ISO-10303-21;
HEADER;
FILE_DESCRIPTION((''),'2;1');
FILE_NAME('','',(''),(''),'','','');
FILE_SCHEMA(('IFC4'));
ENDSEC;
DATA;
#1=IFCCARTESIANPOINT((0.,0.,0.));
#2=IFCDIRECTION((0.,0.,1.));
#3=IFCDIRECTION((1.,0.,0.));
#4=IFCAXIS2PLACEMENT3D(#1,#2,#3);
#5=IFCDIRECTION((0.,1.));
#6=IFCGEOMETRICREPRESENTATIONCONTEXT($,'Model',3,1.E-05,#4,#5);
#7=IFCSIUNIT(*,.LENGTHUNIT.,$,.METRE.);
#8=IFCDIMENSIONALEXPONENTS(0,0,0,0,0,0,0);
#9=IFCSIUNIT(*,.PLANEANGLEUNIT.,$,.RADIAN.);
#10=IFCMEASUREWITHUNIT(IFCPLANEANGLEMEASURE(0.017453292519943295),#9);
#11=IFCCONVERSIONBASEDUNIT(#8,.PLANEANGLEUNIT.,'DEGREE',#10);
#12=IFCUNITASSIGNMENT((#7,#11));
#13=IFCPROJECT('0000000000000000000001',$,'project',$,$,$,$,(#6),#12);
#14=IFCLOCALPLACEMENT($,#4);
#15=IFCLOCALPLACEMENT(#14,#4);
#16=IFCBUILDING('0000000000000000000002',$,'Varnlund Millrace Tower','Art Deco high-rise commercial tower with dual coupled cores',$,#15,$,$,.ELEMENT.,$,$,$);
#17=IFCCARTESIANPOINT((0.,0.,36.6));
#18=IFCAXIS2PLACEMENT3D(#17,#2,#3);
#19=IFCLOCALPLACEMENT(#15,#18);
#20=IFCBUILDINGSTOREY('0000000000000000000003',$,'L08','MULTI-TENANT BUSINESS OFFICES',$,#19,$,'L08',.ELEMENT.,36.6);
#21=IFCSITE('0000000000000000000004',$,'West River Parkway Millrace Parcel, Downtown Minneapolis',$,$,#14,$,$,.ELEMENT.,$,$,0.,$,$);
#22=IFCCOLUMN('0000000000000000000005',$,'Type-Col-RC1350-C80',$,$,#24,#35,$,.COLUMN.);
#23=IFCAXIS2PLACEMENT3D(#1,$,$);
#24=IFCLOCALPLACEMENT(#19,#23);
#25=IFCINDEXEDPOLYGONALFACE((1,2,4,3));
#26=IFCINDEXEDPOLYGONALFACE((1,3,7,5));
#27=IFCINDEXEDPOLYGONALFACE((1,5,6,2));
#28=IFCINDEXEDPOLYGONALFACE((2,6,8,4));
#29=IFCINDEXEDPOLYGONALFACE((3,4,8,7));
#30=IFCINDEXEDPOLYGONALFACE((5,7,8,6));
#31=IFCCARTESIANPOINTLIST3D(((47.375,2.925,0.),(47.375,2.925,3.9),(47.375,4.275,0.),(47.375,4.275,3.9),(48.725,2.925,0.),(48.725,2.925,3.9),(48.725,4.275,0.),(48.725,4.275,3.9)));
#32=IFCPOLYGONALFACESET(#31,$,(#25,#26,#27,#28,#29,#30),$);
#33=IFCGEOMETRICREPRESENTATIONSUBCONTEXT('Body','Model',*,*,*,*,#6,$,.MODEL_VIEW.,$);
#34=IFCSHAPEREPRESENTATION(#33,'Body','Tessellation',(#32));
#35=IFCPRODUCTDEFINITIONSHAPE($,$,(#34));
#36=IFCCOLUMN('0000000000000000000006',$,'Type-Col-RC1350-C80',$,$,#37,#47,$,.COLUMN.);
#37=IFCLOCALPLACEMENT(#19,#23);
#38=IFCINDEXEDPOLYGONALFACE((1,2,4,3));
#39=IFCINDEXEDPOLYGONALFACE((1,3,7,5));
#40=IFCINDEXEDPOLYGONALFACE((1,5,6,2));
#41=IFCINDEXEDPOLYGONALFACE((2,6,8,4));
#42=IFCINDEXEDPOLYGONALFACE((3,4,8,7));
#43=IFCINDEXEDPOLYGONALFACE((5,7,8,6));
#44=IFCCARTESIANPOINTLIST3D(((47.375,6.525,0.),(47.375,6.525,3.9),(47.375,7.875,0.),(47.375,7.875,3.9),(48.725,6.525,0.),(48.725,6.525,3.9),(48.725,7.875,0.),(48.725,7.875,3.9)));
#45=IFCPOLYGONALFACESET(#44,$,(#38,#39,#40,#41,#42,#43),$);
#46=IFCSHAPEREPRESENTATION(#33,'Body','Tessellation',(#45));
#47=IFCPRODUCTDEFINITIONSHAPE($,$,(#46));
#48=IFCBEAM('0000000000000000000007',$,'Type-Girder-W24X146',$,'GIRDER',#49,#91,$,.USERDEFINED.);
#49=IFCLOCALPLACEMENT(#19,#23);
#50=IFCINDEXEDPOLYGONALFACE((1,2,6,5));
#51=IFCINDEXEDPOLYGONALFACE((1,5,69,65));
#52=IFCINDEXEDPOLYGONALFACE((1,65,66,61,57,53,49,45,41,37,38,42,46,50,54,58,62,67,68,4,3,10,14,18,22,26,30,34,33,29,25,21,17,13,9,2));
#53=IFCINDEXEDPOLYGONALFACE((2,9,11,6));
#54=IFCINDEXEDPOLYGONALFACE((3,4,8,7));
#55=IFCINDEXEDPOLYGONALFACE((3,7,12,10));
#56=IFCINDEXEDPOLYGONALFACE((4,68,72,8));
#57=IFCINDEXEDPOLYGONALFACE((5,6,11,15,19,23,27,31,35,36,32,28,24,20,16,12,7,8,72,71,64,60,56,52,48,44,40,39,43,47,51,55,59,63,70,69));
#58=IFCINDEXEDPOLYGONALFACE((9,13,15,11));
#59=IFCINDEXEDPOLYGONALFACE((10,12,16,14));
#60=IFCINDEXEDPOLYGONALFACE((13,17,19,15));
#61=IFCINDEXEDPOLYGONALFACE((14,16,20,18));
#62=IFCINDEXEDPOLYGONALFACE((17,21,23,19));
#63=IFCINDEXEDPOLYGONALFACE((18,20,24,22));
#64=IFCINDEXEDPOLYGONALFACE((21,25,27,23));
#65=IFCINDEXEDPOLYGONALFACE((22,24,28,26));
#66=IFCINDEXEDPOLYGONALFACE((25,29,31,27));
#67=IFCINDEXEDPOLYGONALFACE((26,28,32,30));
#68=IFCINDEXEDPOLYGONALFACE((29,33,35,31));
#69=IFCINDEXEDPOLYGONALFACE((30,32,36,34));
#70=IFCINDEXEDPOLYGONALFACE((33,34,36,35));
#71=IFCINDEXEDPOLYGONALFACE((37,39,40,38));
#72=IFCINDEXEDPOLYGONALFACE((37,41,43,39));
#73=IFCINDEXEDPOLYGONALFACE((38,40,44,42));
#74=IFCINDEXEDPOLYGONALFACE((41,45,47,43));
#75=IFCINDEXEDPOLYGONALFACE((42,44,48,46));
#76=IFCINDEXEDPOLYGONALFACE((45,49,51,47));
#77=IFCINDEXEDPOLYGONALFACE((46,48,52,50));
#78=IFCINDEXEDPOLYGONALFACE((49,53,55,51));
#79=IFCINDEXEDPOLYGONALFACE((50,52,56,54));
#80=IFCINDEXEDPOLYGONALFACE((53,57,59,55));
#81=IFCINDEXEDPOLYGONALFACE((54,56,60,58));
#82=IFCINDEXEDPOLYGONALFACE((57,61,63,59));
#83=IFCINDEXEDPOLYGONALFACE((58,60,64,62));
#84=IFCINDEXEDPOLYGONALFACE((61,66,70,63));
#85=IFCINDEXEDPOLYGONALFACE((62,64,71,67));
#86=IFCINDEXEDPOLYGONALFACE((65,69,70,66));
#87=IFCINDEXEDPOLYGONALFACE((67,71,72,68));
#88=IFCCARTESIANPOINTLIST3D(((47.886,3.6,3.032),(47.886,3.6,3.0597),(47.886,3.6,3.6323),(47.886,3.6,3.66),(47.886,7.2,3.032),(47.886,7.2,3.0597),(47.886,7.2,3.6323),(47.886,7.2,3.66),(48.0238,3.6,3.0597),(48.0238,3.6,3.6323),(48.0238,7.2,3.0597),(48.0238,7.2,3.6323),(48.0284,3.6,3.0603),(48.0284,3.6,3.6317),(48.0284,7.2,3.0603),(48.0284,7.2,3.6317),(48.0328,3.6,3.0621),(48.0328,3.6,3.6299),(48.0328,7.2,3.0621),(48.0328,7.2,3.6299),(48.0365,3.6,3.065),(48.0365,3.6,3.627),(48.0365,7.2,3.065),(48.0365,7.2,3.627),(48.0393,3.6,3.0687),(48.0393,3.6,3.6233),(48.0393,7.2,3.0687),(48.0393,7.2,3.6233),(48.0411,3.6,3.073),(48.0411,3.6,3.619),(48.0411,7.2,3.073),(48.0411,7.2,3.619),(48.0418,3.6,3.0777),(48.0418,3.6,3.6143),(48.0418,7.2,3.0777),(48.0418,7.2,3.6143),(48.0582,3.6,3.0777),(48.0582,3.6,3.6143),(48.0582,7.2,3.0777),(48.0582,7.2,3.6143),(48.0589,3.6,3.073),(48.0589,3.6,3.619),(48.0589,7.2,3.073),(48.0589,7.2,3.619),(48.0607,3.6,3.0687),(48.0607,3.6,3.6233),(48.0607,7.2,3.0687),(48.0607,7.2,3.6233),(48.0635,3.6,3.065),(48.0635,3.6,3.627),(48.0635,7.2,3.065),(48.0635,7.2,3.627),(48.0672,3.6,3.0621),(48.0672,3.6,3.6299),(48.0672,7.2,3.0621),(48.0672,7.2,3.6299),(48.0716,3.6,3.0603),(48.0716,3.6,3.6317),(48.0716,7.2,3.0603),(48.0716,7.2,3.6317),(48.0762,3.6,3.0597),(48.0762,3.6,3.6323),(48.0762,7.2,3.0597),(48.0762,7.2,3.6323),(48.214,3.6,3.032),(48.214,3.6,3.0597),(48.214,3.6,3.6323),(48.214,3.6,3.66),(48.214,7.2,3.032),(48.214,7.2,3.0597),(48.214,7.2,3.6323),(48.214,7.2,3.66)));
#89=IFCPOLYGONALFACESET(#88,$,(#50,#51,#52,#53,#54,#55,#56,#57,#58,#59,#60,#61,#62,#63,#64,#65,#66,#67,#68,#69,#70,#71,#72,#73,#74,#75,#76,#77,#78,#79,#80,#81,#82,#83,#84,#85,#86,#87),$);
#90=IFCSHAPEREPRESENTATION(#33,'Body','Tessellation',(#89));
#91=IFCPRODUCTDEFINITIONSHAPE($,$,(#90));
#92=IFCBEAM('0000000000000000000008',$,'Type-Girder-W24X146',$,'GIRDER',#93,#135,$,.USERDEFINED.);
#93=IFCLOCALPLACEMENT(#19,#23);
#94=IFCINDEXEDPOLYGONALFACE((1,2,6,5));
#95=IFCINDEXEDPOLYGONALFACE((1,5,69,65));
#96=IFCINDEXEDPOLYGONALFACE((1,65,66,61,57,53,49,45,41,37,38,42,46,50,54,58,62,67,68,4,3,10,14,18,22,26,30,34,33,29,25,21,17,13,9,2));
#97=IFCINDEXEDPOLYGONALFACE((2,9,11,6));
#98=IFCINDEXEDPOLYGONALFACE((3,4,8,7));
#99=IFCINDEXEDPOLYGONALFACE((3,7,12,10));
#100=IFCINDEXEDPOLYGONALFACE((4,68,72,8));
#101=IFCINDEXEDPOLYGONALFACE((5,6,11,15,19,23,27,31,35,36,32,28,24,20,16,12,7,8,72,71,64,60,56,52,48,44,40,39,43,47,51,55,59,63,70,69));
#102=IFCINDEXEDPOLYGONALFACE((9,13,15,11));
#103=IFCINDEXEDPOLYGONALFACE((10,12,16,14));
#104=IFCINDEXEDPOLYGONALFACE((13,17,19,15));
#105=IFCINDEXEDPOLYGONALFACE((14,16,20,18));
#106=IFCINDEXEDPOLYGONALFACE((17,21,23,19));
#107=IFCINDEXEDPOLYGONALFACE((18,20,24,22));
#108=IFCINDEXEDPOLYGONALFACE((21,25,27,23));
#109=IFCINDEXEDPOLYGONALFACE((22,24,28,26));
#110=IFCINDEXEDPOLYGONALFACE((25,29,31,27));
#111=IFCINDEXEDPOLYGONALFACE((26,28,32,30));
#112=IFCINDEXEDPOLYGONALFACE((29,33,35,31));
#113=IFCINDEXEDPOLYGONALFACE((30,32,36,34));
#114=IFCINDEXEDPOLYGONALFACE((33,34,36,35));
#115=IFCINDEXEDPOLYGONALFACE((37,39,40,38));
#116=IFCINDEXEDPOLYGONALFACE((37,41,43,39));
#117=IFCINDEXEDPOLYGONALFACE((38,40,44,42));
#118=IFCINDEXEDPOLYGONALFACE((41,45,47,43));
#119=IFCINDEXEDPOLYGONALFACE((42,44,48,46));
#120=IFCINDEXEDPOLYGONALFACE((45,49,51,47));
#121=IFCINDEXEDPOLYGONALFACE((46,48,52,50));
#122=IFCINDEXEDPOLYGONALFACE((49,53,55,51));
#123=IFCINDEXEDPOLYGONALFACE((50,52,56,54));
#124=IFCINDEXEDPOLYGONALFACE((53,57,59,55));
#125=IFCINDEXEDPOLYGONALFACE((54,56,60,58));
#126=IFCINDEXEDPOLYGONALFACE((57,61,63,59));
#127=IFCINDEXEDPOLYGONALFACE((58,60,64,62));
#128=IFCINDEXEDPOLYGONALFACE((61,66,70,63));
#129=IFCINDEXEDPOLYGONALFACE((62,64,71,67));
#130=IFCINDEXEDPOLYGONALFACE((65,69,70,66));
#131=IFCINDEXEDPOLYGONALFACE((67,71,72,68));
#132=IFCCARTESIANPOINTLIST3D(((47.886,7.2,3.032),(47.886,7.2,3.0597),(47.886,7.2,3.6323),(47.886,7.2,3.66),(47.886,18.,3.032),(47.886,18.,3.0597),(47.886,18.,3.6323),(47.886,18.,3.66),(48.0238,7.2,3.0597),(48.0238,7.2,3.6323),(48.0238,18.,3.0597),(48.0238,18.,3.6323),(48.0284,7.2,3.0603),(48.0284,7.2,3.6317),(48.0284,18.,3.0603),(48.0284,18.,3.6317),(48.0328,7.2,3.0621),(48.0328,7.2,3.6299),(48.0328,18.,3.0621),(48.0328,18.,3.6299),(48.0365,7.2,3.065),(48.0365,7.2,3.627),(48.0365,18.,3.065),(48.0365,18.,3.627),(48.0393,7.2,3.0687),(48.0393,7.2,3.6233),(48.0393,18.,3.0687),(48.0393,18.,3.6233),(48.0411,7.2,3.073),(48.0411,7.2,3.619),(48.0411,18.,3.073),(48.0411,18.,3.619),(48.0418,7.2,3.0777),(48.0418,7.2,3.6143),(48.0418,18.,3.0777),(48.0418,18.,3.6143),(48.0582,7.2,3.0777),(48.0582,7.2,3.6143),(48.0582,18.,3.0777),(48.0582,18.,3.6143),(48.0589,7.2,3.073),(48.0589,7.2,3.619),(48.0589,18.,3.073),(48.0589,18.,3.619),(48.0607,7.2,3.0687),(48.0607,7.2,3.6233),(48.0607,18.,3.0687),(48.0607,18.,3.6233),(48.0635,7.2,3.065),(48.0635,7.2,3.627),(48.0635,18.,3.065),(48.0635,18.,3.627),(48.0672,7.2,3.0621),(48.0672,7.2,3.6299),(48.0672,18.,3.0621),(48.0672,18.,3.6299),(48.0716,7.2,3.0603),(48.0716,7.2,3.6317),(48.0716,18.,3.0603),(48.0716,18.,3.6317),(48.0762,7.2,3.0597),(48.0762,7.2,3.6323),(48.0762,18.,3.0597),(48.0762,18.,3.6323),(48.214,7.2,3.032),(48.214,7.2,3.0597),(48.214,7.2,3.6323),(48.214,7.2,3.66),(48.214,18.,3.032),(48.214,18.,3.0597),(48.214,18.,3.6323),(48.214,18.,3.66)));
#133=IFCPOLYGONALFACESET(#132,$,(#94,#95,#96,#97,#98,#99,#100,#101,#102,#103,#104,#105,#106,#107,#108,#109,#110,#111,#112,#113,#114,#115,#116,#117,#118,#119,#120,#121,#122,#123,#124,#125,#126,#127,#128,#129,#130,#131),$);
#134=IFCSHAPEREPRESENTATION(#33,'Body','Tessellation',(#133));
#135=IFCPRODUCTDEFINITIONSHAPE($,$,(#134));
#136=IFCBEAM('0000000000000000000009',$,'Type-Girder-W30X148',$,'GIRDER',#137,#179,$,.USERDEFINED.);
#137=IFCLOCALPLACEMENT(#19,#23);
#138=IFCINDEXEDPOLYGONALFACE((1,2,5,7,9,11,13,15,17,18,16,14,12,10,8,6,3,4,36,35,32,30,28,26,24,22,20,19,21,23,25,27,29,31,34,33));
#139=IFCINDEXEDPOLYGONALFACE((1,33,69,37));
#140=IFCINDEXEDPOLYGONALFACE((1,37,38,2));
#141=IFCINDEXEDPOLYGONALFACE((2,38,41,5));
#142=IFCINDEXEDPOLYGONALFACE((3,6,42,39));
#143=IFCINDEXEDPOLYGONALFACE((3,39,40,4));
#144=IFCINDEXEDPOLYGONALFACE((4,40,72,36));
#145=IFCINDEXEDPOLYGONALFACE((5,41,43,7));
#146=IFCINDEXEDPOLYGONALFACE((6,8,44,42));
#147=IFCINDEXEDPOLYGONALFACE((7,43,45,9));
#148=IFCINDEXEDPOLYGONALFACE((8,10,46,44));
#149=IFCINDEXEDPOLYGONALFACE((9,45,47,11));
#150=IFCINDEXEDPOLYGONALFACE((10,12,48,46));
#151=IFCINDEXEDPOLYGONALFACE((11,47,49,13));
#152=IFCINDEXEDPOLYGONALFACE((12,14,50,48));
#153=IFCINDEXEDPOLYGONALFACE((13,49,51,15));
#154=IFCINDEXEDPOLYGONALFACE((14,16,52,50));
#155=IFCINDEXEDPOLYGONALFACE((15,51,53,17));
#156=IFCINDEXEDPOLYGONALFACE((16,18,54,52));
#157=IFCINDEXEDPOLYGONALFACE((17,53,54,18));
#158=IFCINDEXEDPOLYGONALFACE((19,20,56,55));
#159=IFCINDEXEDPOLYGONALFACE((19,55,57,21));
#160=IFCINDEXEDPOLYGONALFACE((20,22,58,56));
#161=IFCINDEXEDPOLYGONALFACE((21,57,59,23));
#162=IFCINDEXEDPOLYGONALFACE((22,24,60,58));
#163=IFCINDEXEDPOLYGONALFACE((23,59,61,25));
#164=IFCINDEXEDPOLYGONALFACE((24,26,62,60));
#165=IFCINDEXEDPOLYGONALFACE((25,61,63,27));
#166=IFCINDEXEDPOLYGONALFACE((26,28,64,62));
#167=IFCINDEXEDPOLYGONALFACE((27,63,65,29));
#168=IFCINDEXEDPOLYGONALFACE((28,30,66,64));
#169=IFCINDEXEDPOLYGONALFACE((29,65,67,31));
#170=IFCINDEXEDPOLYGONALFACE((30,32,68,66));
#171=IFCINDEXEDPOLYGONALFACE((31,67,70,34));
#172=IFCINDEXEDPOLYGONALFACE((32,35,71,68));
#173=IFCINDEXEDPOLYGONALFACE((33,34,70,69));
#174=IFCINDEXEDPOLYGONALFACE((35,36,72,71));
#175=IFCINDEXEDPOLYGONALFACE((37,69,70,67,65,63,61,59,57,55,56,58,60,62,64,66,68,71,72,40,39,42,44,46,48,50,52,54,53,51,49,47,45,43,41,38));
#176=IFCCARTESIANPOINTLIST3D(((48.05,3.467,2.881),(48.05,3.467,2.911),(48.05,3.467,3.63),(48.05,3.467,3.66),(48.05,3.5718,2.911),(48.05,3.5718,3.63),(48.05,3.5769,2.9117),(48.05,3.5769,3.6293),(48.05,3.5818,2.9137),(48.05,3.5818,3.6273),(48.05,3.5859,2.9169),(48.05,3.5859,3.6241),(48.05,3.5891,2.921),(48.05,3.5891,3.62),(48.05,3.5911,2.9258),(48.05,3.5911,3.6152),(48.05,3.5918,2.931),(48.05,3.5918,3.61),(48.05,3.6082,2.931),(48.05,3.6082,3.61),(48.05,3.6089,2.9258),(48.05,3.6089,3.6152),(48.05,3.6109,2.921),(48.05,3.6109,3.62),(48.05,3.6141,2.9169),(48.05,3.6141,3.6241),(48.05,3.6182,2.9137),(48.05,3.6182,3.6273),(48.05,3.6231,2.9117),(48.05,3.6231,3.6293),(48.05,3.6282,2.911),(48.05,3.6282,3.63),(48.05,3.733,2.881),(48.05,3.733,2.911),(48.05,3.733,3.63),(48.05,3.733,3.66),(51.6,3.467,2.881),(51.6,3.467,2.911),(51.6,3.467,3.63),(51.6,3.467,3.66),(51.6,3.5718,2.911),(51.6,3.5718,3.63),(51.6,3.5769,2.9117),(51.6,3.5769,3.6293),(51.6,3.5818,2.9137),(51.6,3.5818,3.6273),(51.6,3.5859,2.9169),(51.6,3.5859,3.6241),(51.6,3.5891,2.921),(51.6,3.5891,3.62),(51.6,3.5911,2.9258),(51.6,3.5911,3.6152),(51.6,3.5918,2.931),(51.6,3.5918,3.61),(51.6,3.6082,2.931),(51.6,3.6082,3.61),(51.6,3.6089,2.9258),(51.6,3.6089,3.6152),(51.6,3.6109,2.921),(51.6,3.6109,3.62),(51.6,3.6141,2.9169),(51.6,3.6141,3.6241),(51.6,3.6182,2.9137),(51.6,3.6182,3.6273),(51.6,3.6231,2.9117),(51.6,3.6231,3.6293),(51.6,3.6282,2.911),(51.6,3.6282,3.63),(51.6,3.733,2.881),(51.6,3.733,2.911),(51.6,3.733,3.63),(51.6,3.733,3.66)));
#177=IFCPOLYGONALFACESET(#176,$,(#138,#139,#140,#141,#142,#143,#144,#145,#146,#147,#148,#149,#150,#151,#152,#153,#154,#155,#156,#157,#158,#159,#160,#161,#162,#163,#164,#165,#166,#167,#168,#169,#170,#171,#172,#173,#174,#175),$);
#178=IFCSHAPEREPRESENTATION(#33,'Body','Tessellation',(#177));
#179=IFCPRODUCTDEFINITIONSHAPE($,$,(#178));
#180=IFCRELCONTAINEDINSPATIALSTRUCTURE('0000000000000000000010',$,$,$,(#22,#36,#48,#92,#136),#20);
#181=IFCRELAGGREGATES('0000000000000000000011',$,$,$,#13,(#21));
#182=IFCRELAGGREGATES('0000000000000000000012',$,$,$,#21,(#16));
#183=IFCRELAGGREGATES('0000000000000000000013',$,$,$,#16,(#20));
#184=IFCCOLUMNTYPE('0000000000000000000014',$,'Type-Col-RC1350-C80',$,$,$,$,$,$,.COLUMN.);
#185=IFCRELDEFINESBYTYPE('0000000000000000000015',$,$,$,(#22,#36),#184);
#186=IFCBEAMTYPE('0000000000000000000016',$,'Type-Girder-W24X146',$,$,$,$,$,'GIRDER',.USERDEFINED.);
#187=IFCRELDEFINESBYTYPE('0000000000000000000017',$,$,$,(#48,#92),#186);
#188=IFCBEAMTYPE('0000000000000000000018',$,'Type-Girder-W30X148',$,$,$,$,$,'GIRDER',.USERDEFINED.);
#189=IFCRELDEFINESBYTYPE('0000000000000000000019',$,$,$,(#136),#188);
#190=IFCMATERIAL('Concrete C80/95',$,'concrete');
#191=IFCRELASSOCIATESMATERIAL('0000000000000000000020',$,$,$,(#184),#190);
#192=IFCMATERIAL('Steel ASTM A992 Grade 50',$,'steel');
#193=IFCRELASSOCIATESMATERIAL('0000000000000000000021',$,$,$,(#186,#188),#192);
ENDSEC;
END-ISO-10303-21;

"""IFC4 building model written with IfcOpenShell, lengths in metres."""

from ifc_helpers import new_model, entity, si_unit, converted_unit, direction, frame, origin_with_axes, origin_2d_with_axis, place, context, subcontext, project, spatial, rectangle, i_section, extrude, material, material_profile, profile_set, type_object, element, save


model = new_model("IFC4")

# Units and contexts
model_context = context("Model", 3, precision=1e-05, world=origin_with_axes(), true_north=direction((0.0, 1.0)))
body_context = subcontext(model_context, "Body", "Model", "MODEL_VIEW")
ifc_project = project(units=[si_unit("LENGTHUNIT", "METRE"), converted_unit("PLANEANGLEUNIT", "DEGREE", entity("IfcPlaneAngleMeasure", 0.017453292519943295), si_unit("PLANEANGLEUNIT", "RADIAN"), dimensions=[0, 0, 0, 0, 0, 0, 0])], contexts=[model_context])

# Site, building, storey
site_placement = place(None, origin_with_axes())
site = spatial("IfcSite", under=ifc_project, at=site_placement, Name="West River Parkway Millrace Parcel, Downtown Minneapolis", CompositionType="ELEMENT", RefElevation=0.0)
building_placement = place(site_placement, origin_with_axes())
building = spatial("IfcBuilding", under=site, at=building_placement, Name="Varnlund Millrace Tower", Description="Art Deco high-rise commercial tower with dual coupled cores", CompositionType="ELEMENT")
storey_placement = place(building_placement, frame((0.0, 0.0, 36.6), z_axis=(0.0, 0.0, 1.0), x_axis=(1.0, 0.0, 0.0)))
storey = spatial("IfcBuildingStorey", under=building, at=storey_placement, Name="L08", Description="MULTI-TENANT BUSINESS OFFICES", LongName="L08", CompositionType="ELEMENT", Elevation=36.6)

# Columns
ifc_material_1 = material(Name="Concrete C80/95", Category="concrete")
ifc_material_profile_1 = material_profile(ifc_material_1, rectangle(XDim=1.35, YDim=1.35, at=origin_2d_with_axis()), Name="Concrete C80/95")
ifc_profile_set_1 = profile_set([ifc_material_profile_1], Name="Concrete C80/95")
column_type = type_object("IfcColumnType", Name="Type-Col-RC1350-C80", PredefinedType="COLUMN", material=ifc_profile_set_1)
for number, where, z_axis, x_axis, name in (
    (1, (48.05, 3.6, 0.0), (0.0, 0.0, 1.0), (1.0, 0.0, 0.0), "Type-Col-RC1350-C80"),
    (2, (48.05, 7.2, 0.0), (0.0, 0.0, 1.0), (1.0, 0.0, 0.0), "Type-Col-RC1350-C80"),
):
    element("IfcColumn", number, at=place(storey_placement, frame(where, z_axis=z_axis, x_axis=x_axis)), inside=storey, type_object=column_type, Name=name, PredefinedType="COLUMN", context=body_context, shape_type="SweptSolid", body=[
        extrude(rectangle(XDim=1.35, YDim=1.35, at=origin_2d_with_axis()), origin_with_axes(), (0.0, 0.0, 1.0), 3.9),
    ])

# Beams
ifc_material_2 = material(Name="Steel ASTM A992 Grade 50", Category="steel")
ifc_material_profile_2 = material_profile(ifc_material_2, i_section(OverallWidth=0.328, OverallDepth=0.628, WebThickness=0.0165, FlangeThickness=0.0277, FilletRadius=0.018, at=origin_2d_with_axis()), Name="Steel ASTM A992 Grade 50")
ifc_profile_set_2 = profile_set([ifc_material_profile_2], Name="Steel ASTM A992 Grade 50")
beam_type_1 = type_object("IfcBeamType", Name="Type-Girder-W24X146", ElementType="GIRDER", PredefinedType="USERDEFINED", material=ifc_profile_set_2)
beam_1_placement = place(storey_placement, frame((48.05, 3.6, 3.346), z_axis=(0.0, 1.0, 0.0), x_axis=(-1.0, 0.0, 0.0)))
element("IfcBeam", 3, at=beam_1_placement, inside=storey, type_object=beam_type_1, Name="Type-Girder-W24X146", ObjectType="GIRDER", PredefinedType="USERDEFINED", context=body_context, shape_type="SweptSolid", body=[
    extrude(i_section(OverallWidth=0.328, OverallDepth=0.628, WebThickness=0.0165, FlangeThickness=0.0277, FilletRadius=0.018, at=origin_2d_with_axis()), origin_with_axes(), (0.0, 0.0, 1.0), 3.6),
])
beam_2_placement = place(storey_placement, frame((48.05, 7.2, 3.346), z_axis=(0.0, 1.0, 0.0), x_axis=(-1.0, 0.0, 0.0)))
element("IfcBeam", 4, at=beam_2_placement, inside=storey, type_object=beam_type_1, Name="Type-Girder-W24X146", ObjectType="GIRDER", PredefinedType="USERDEFINED", context=body_context, shape_type="SweptSolid", body=[
    extrude(i_section(OverallWidth=0.328, OverallDepth=0.628, WebThickness=0.0165, FlangeThickness=0.0277, FilletRadius=0.018, at=origin_2d_with_axis()), origin_with_axes(), (0.0, 0.0, 1.0), 10.8),
])
ifc_material_profile_3 = material_profile(ifc_material_2, i_section(OverallWidth=0.266, OverallDepth=0.779, WebThickness=0.0165, FlangeThickness=0.03, FilletRadius=0.02, at=origin_2d_with_axis()), Name="Steel ASTM A992 Grade 50")
ifc_profile_set_3 = profile_set([ifc_material_profile_3], Name="Steel ASTM A992 Grade 50")
beam_type_2 = type_object("IfcBeamType", Name="Type-Girder-W30X148", ElementType="GIRDER", PredefinedType="USERDEFINED", material=ifc_profile_set_3)
for number, where, z_axis, x_axis, name in (
    (5, (48.05, 3.6, 3.2705), (1.0, 0.0, 0.0), (0.0, 1.0, 0.0), "Type-Girder-W30X148"),
):
    element("IfcBeam", number, at=place(storey_placement, frame(where, z_axis=z_axis, x_axis=x_axis)), inside=storey, type_object=beam_type_2, Name=name, ObjectType="GIRDER", PredefinedType="USERDEFINED", context=body_context, shape_type="SweptSolid", body=[
        extrude(i_section(OverallWidth=0.266, OverallDepth=0.779, WebThickness=0.0165, FlangeThickness=0.03, FilletRadius=0.02, at=origin_2d_with_axis()), origin_with_axes(), (0.0, 0.0, 1.0), 3.55),
    ])

save(model, "model.ifc")
